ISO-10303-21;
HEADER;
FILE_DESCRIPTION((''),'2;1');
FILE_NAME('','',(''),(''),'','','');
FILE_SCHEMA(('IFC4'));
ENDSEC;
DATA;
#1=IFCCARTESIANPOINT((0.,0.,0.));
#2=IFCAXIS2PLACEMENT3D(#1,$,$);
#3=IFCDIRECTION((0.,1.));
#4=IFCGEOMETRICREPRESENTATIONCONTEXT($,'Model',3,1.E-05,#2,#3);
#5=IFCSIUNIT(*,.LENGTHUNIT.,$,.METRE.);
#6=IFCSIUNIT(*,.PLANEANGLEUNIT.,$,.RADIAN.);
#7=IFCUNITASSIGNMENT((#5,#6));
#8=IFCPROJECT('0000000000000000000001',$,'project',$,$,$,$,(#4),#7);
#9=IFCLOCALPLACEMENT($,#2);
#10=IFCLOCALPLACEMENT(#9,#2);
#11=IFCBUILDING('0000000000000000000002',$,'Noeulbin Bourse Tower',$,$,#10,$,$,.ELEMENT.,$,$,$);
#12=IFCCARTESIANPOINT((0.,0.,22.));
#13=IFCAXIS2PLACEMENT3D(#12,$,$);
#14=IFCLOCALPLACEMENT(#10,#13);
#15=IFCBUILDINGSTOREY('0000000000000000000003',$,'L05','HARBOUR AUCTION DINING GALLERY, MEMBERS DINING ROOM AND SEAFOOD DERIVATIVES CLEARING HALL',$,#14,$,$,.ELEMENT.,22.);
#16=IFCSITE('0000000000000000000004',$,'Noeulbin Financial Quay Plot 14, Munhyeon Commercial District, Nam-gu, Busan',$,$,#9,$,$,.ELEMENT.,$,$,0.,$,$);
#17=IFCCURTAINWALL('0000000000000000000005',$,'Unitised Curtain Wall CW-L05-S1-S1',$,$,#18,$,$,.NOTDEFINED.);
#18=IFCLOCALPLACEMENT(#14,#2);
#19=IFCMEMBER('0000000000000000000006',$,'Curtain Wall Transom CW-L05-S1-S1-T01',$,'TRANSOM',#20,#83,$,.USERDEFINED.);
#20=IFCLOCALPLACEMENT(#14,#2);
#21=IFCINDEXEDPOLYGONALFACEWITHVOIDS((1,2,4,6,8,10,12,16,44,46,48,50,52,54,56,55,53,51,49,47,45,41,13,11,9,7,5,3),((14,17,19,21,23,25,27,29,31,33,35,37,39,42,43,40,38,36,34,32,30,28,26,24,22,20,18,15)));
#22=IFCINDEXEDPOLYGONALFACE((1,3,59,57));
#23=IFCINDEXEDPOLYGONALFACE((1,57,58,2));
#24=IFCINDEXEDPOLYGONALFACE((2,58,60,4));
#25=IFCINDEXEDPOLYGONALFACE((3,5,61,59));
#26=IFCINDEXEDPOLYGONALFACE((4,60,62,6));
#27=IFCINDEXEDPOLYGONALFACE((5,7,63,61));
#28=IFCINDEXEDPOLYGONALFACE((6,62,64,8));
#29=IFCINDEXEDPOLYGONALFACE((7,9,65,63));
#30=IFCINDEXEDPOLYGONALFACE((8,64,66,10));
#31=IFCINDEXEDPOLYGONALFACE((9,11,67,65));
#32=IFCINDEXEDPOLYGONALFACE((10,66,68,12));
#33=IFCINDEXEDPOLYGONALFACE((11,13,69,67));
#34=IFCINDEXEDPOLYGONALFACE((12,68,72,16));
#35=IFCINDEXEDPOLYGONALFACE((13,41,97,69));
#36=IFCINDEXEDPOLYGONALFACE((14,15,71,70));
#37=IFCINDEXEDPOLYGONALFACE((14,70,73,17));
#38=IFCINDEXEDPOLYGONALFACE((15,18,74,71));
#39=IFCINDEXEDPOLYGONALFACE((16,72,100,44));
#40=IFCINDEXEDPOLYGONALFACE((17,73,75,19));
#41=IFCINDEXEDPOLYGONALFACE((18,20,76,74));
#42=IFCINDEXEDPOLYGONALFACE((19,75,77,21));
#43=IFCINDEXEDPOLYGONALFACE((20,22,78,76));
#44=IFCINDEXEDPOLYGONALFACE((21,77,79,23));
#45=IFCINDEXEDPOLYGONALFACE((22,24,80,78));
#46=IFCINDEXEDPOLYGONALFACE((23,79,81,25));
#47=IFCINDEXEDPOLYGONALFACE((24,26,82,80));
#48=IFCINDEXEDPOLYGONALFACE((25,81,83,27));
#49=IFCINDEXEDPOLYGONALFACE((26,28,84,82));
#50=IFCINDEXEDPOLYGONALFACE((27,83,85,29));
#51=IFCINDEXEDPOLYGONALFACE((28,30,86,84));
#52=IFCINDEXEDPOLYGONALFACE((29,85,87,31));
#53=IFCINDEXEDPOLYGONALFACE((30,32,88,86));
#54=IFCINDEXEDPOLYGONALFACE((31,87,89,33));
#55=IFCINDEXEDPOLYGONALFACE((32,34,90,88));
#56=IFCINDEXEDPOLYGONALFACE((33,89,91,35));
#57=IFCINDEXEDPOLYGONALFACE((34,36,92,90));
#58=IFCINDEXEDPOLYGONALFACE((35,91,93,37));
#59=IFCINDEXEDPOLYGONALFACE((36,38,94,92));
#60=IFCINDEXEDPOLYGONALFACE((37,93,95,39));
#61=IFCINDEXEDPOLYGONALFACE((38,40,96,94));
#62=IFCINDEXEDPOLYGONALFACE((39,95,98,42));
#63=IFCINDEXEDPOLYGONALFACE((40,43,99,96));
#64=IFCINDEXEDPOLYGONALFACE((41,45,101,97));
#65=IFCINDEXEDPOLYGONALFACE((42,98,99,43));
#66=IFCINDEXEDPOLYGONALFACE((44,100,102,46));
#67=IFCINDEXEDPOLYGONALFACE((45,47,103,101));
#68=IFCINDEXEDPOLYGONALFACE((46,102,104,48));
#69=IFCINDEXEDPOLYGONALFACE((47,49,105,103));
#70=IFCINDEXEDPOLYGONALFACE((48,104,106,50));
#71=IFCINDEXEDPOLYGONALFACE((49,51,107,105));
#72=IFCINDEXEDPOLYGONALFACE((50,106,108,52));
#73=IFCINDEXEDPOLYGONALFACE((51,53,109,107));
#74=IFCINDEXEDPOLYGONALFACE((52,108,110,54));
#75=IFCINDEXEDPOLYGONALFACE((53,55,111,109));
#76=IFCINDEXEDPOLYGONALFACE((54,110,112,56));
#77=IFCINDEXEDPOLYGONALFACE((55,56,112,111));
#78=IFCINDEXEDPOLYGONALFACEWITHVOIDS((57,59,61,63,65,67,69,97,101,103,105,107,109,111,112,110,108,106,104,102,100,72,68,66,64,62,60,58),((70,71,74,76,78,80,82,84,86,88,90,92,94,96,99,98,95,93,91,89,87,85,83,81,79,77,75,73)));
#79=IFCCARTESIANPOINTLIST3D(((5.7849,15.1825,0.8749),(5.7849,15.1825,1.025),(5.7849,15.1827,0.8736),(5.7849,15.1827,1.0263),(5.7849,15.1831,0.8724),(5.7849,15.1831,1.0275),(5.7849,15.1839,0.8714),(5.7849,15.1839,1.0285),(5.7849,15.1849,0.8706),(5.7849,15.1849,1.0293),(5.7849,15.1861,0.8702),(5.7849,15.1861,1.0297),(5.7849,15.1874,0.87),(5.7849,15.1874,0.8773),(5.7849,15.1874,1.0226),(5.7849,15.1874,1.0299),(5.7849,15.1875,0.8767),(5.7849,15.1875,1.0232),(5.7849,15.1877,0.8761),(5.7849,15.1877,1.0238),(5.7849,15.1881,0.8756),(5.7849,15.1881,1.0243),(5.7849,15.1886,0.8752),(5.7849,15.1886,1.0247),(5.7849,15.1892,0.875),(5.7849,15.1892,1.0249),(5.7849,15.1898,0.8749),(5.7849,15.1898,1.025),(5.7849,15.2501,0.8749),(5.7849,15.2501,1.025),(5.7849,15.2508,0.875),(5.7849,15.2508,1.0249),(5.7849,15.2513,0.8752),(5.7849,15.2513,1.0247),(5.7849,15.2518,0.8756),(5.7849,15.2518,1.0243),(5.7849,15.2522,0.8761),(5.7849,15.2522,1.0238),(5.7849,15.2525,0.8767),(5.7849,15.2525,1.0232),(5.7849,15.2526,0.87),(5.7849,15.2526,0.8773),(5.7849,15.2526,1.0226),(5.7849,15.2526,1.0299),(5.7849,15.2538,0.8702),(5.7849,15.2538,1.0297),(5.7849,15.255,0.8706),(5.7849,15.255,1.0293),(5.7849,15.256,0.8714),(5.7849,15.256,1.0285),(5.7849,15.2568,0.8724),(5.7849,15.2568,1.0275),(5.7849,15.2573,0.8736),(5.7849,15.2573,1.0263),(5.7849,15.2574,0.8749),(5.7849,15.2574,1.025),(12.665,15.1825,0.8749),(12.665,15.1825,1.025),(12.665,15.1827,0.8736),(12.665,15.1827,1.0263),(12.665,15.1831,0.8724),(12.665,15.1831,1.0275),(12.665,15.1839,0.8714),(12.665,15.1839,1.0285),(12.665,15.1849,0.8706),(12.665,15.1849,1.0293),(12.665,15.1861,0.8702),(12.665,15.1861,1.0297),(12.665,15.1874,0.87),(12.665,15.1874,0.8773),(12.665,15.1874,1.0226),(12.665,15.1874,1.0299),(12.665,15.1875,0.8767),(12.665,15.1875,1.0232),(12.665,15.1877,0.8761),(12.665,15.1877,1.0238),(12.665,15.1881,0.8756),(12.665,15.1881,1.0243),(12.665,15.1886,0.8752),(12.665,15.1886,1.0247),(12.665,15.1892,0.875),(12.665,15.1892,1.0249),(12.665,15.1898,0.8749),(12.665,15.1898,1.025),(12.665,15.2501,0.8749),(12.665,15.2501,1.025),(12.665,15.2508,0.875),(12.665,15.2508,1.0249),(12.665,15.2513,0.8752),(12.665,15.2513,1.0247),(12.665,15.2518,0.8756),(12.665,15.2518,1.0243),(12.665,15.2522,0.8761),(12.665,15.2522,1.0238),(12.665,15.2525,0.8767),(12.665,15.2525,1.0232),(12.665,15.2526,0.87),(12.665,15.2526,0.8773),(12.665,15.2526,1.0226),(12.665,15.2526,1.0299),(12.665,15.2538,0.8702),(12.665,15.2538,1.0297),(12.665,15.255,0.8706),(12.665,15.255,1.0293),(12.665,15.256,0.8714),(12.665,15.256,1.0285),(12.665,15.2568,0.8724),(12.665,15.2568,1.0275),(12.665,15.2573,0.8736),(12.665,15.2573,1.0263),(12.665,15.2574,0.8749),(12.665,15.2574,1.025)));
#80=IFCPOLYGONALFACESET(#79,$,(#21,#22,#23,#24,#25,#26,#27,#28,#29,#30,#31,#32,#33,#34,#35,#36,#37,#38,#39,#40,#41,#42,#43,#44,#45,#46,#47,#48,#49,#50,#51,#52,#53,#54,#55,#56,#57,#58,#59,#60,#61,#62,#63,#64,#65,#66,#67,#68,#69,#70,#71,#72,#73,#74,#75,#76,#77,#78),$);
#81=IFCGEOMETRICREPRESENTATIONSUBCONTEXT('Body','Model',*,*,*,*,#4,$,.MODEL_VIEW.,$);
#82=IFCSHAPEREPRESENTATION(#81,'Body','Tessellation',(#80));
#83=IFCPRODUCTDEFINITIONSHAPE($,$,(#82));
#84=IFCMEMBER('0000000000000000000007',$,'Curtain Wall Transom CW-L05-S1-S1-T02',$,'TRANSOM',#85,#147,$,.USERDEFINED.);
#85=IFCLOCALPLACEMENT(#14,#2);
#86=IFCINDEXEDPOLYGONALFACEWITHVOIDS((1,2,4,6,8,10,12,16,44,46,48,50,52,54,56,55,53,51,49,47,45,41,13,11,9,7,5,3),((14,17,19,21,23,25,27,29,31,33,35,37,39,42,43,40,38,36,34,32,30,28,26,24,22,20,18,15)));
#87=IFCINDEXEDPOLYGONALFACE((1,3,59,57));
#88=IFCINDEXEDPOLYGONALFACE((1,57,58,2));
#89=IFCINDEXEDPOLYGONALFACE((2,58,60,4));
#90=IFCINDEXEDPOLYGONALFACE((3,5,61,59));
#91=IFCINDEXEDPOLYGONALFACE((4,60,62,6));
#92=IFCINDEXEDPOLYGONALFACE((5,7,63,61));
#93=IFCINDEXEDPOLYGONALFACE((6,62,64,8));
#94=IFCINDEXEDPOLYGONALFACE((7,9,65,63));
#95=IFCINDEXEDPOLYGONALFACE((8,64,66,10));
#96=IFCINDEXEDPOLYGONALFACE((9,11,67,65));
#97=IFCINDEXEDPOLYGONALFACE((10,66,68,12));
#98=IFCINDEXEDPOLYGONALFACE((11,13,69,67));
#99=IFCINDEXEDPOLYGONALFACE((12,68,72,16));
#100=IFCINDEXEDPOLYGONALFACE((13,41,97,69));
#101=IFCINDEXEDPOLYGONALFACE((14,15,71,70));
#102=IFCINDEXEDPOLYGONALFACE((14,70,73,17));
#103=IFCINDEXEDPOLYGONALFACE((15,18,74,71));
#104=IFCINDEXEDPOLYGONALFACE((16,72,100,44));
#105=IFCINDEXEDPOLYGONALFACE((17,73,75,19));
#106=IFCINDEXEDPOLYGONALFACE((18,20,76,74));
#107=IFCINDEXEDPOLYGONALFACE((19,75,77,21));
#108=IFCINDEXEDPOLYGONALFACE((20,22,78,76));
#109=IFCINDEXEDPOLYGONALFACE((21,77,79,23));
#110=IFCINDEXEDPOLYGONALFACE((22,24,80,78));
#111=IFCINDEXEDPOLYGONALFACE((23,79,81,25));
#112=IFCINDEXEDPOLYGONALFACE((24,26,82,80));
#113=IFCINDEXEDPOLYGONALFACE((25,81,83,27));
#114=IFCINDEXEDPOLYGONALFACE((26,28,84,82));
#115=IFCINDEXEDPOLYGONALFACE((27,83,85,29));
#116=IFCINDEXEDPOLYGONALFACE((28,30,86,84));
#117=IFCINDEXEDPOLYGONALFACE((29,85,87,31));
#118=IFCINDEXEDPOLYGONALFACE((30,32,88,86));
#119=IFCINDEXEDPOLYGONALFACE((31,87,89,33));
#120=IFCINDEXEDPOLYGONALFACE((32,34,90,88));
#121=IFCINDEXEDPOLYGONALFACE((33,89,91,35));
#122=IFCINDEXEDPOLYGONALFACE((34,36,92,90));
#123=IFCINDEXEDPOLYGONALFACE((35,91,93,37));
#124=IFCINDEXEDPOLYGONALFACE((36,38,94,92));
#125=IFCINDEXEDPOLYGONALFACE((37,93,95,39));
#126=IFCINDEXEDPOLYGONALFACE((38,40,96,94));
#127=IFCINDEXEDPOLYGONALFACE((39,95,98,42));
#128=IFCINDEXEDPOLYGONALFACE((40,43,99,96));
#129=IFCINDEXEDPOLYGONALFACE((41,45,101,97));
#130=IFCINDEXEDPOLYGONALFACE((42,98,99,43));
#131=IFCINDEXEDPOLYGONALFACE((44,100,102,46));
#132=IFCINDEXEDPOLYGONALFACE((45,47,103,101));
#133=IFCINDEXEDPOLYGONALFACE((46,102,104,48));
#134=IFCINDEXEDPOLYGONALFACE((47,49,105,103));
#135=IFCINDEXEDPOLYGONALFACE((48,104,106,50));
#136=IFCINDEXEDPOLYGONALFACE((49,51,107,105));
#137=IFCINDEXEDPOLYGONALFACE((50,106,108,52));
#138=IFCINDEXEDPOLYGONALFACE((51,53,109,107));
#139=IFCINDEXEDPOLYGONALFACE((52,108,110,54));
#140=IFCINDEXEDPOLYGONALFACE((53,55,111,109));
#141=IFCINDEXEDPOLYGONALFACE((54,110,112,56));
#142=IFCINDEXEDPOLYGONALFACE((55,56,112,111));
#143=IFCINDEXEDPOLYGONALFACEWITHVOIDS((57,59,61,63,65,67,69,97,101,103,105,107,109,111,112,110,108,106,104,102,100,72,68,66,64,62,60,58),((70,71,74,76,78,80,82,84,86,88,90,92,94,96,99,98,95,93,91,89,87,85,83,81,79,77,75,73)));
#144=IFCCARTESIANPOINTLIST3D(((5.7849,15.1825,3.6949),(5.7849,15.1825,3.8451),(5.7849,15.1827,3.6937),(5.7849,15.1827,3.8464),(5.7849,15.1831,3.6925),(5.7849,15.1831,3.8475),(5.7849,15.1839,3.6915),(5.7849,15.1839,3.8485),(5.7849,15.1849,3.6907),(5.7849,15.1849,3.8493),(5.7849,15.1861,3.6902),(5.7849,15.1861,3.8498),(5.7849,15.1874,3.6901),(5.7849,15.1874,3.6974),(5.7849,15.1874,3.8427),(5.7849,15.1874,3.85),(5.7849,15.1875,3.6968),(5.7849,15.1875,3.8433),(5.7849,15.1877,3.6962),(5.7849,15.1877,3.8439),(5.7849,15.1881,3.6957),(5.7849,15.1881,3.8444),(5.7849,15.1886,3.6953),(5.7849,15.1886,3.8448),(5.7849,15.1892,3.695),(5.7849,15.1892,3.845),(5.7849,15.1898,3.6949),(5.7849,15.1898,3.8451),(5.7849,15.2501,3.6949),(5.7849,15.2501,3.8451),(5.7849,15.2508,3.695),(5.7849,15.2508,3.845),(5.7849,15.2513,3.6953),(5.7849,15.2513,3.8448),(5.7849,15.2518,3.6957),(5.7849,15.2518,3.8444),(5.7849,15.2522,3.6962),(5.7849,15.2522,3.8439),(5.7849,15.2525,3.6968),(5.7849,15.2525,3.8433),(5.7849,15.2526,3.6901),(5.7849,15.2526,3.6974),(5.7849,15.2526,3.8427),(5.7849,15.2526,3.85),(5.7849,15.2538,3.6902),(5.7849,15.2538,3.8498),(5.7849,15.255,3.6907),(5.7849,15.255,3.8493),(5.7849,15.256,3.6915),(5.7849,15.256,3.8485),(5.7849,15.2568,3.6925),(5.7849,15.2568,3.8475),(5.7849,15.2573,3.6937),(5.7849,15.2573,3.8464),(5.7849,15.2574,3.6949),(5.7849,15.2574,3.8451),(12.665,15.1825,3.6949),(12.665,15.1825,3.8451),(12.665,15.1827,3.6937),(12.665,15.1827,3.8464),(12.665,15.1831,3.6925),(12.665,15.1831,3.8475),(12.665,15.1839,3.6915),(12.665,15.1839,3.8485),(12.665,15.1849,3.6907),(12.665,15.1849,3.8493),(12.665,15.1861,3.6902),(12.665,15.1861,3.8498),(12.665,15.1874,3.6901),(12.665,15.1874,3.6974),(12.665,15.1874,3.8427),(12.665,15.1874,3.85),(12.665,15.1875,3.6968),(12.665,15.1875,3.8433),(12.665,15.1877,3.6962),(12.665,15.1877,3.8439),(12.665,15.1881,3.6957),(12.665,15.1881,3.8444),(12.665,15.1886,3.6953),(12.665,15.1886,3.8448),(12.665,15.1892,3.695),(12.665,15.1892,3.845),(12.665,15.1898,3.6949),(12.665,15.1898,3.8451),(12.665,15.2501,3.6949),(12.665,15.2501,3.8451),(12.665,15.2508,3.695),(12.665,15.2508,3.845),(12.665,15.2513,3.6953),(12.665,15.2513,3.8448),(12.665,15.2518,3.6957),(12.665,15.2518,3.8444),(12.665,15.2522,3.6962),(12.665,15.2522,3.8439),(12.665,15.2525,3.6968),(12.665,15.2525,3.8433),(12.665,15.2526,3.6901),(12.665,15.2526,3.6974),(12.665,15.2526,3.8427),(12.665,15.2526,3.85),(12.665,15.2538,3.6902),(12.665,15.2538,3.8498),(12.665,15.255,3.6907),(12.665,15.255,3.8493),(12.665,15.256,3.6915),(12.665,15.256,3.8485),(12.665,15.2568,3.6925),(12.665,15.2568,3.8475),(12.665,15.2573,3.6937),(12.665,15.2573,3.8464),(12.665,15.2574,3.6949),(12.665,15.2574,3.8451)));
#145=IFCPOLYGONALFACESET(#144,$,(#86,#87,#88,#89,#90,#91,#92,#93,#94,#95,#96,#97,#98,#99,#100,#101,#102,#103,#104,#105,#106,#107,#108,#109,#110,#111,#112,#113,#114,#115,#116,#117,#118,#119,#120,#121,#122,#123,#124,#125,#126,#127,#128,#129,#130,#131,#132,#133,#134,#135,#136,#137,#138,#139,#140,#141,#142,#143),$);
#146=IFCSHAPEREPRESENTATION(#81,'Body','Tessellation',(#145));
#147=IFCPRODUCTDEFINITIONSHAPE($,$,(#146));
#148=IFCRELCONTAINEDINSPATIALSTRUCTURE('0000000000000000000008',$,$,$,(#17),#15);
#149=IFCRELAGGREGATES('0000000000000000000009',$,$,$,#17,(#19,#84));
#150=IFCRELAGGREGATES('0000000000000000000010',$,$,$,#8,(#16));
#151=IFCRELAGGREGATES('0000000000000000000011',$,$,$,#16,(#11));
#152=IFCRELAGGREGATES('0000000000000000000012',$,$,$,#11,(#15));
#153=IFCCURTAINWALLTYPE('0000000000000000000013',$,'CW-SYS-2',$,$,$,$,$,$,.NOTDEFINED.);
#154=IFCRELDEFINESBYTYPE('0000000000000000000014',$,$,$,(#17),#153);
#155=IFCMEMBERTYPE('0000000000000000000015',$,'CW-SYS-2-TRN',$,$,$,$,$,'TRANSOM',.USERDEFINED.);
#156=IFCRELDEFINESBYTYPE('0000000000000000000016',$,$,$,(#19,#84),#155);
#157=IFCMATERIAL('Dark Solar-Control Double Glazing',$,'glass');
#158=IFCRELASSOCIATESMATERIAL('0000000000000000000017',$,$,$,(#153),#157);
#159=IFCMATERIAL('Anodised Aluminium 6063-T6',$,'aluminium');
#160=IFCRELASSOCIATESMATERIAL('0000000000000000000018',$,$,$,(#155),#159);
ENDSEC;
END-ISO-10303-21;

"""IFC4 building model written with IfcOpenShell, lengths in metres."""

from ifc_helpers import new_model, si_unit, direction, frame, origin, origin_2d, place, context, subcontext, project, spatial, hollow_rectangle, extrude, material, material_profile, profile_set, type_object, element, aggregate, save


model = new_model("IFC4")

# Units and contexts
model_context = context("Model", 3, precision=1e-05, world=origin(), true_north=direction((0.0, 1.0)))
body_context = subcontext(model_context, "Body", "Model", "MODEL_VIEW")
ifc_project = project(units=[si_unit("LENGTHUNIT", "METRE"), si_unit("PLANEANGLEUNIT", "RADIAN")], contexts=[model_context])

# Site, building, storey
site_placement = place(None, origin())
site = spatial("IfcSite", under=ifc_project, at=site_placement, Name="Noeulbin Financial Quay Plot 14, Munhyeon Commercial District, Nam-gu, Busan", CompositionType="ELEMENT", RefElevation=0.0)
building_placement = place(site_placement, origin())
building = spatial("IfcBuilding", under=site, at=building_placement, Name="Noeulbin Bourse Tower", CompositionType="ELEMENT")
storey_placement = place(building_placement, frame((0.0, 0.0, 22.0)))
storey = spatial("IfcBuildingStorey", under=building, at=storey_placement, Name="L05", Description="HARBOUR AUCTION DINING GALLERY, MEMBERS DINING ROOM AND SEAFOOD DERIVATIVES CLEARING HALL", CompositionType="ELEMENT", Elevation=22.0)

# Curtain wall
ifc_material_1 = material(Name="Dark Solar-Control Double Glazing", Category="glass")
curtain_wall_type = type_object("IfcCurtainWallType", Name="CW-SYS-2", PredefinedType="NOTDEFINED", material=ifc_material_1)
curtain_wall_1_placement = place(storey_placement, origin())
curtain_wall_1 = element("IfcCurtainWall", 1, at=curtain_wall_1_placement, inside=storey, type_object=curtain_wall_type, Name="Unitised Curtain Wall CW-L05-S1-S1", PredefinedType="NOTDEFINED")
ifc_material_2 = material(Name="Anodised Aluminium 6063-T6", Category="aluminium")

# Members
ifc_material_profile_1 = material_profile(ifc_material_2, hollow_rectangle(XDim=0.075, YDim=0.1599, WallThickness=0.0049, InnerFilletRadius=0.0024, OuterFilletRadius=0.0049, at=origin_2d()), Name="ALU-TRAN-75x160x5", Category="LoadBearing")
ifc_profile_set_1 = profile_set([ifc_material_profile_1], Name="Anodised Aluminium 6063-T6")
member_type_1 = type_object("IfcMemberType", Name="CW-SYS-2-TRN", ElementType="TRANSOM", PredefinedType="USERDEFINED", material=ifc_profile_set_1)
member_1_placement = place(storey_placement, frame((5.7849, 15.22, 0.95), z_axis=(1.0, 0.0, 0.0), x_axis=(0.0, 1.0, 0.0)))
member_1 = element("IfcMember", 2, at=member_1_placement, type_object=member_type_1, Name="Curtain Wall Transom CW-L05-S1-S1-T01", ObjectType="TRANSOM", PredefinedType="USERDEFINED", context=body_context, shape_type="SweptSolid", body=[
    extrude(hollow_rectangle(XDim=0.075, YDim=0.1599, WallThickness=0.0049, InnerFilletRadius=0.0024, OuterFilletRadius=0.0049, at=origin_2d()), origin(), (0.0, 0.0, 1.0), 6.8801),
])
member_2_placement = place(storey_placement, frame((5.7849, 15.22, 3.77), z_axis=(1.0, 0.0, 0.0), x_axis=(0.0, 1.0, 0.0)))
member_2 = element("IfcMember", 3, at=member_2_placement, type_object=member_type_1, Name="Curtain Wall Transom CW-L05-S1-S1-T02", ObjectType="TRANSOM", PredefinedType="USERDEFINED", context=body_context, shape_type="SweptSolid", body=[
    extrude(hollow_rectangle(XDim=0.075, YDim=0.1599, WallThickness=0.0049, InnerFilletRadius=0.0024, OuterFilletRadius=0.0049, at=origin_2d()), origin(), (0.0, 0.0, 1.0), 6.8801),
])

aggregate(curtain_wall_1, [member_1, member_2])

save(model, "model.ifc")
